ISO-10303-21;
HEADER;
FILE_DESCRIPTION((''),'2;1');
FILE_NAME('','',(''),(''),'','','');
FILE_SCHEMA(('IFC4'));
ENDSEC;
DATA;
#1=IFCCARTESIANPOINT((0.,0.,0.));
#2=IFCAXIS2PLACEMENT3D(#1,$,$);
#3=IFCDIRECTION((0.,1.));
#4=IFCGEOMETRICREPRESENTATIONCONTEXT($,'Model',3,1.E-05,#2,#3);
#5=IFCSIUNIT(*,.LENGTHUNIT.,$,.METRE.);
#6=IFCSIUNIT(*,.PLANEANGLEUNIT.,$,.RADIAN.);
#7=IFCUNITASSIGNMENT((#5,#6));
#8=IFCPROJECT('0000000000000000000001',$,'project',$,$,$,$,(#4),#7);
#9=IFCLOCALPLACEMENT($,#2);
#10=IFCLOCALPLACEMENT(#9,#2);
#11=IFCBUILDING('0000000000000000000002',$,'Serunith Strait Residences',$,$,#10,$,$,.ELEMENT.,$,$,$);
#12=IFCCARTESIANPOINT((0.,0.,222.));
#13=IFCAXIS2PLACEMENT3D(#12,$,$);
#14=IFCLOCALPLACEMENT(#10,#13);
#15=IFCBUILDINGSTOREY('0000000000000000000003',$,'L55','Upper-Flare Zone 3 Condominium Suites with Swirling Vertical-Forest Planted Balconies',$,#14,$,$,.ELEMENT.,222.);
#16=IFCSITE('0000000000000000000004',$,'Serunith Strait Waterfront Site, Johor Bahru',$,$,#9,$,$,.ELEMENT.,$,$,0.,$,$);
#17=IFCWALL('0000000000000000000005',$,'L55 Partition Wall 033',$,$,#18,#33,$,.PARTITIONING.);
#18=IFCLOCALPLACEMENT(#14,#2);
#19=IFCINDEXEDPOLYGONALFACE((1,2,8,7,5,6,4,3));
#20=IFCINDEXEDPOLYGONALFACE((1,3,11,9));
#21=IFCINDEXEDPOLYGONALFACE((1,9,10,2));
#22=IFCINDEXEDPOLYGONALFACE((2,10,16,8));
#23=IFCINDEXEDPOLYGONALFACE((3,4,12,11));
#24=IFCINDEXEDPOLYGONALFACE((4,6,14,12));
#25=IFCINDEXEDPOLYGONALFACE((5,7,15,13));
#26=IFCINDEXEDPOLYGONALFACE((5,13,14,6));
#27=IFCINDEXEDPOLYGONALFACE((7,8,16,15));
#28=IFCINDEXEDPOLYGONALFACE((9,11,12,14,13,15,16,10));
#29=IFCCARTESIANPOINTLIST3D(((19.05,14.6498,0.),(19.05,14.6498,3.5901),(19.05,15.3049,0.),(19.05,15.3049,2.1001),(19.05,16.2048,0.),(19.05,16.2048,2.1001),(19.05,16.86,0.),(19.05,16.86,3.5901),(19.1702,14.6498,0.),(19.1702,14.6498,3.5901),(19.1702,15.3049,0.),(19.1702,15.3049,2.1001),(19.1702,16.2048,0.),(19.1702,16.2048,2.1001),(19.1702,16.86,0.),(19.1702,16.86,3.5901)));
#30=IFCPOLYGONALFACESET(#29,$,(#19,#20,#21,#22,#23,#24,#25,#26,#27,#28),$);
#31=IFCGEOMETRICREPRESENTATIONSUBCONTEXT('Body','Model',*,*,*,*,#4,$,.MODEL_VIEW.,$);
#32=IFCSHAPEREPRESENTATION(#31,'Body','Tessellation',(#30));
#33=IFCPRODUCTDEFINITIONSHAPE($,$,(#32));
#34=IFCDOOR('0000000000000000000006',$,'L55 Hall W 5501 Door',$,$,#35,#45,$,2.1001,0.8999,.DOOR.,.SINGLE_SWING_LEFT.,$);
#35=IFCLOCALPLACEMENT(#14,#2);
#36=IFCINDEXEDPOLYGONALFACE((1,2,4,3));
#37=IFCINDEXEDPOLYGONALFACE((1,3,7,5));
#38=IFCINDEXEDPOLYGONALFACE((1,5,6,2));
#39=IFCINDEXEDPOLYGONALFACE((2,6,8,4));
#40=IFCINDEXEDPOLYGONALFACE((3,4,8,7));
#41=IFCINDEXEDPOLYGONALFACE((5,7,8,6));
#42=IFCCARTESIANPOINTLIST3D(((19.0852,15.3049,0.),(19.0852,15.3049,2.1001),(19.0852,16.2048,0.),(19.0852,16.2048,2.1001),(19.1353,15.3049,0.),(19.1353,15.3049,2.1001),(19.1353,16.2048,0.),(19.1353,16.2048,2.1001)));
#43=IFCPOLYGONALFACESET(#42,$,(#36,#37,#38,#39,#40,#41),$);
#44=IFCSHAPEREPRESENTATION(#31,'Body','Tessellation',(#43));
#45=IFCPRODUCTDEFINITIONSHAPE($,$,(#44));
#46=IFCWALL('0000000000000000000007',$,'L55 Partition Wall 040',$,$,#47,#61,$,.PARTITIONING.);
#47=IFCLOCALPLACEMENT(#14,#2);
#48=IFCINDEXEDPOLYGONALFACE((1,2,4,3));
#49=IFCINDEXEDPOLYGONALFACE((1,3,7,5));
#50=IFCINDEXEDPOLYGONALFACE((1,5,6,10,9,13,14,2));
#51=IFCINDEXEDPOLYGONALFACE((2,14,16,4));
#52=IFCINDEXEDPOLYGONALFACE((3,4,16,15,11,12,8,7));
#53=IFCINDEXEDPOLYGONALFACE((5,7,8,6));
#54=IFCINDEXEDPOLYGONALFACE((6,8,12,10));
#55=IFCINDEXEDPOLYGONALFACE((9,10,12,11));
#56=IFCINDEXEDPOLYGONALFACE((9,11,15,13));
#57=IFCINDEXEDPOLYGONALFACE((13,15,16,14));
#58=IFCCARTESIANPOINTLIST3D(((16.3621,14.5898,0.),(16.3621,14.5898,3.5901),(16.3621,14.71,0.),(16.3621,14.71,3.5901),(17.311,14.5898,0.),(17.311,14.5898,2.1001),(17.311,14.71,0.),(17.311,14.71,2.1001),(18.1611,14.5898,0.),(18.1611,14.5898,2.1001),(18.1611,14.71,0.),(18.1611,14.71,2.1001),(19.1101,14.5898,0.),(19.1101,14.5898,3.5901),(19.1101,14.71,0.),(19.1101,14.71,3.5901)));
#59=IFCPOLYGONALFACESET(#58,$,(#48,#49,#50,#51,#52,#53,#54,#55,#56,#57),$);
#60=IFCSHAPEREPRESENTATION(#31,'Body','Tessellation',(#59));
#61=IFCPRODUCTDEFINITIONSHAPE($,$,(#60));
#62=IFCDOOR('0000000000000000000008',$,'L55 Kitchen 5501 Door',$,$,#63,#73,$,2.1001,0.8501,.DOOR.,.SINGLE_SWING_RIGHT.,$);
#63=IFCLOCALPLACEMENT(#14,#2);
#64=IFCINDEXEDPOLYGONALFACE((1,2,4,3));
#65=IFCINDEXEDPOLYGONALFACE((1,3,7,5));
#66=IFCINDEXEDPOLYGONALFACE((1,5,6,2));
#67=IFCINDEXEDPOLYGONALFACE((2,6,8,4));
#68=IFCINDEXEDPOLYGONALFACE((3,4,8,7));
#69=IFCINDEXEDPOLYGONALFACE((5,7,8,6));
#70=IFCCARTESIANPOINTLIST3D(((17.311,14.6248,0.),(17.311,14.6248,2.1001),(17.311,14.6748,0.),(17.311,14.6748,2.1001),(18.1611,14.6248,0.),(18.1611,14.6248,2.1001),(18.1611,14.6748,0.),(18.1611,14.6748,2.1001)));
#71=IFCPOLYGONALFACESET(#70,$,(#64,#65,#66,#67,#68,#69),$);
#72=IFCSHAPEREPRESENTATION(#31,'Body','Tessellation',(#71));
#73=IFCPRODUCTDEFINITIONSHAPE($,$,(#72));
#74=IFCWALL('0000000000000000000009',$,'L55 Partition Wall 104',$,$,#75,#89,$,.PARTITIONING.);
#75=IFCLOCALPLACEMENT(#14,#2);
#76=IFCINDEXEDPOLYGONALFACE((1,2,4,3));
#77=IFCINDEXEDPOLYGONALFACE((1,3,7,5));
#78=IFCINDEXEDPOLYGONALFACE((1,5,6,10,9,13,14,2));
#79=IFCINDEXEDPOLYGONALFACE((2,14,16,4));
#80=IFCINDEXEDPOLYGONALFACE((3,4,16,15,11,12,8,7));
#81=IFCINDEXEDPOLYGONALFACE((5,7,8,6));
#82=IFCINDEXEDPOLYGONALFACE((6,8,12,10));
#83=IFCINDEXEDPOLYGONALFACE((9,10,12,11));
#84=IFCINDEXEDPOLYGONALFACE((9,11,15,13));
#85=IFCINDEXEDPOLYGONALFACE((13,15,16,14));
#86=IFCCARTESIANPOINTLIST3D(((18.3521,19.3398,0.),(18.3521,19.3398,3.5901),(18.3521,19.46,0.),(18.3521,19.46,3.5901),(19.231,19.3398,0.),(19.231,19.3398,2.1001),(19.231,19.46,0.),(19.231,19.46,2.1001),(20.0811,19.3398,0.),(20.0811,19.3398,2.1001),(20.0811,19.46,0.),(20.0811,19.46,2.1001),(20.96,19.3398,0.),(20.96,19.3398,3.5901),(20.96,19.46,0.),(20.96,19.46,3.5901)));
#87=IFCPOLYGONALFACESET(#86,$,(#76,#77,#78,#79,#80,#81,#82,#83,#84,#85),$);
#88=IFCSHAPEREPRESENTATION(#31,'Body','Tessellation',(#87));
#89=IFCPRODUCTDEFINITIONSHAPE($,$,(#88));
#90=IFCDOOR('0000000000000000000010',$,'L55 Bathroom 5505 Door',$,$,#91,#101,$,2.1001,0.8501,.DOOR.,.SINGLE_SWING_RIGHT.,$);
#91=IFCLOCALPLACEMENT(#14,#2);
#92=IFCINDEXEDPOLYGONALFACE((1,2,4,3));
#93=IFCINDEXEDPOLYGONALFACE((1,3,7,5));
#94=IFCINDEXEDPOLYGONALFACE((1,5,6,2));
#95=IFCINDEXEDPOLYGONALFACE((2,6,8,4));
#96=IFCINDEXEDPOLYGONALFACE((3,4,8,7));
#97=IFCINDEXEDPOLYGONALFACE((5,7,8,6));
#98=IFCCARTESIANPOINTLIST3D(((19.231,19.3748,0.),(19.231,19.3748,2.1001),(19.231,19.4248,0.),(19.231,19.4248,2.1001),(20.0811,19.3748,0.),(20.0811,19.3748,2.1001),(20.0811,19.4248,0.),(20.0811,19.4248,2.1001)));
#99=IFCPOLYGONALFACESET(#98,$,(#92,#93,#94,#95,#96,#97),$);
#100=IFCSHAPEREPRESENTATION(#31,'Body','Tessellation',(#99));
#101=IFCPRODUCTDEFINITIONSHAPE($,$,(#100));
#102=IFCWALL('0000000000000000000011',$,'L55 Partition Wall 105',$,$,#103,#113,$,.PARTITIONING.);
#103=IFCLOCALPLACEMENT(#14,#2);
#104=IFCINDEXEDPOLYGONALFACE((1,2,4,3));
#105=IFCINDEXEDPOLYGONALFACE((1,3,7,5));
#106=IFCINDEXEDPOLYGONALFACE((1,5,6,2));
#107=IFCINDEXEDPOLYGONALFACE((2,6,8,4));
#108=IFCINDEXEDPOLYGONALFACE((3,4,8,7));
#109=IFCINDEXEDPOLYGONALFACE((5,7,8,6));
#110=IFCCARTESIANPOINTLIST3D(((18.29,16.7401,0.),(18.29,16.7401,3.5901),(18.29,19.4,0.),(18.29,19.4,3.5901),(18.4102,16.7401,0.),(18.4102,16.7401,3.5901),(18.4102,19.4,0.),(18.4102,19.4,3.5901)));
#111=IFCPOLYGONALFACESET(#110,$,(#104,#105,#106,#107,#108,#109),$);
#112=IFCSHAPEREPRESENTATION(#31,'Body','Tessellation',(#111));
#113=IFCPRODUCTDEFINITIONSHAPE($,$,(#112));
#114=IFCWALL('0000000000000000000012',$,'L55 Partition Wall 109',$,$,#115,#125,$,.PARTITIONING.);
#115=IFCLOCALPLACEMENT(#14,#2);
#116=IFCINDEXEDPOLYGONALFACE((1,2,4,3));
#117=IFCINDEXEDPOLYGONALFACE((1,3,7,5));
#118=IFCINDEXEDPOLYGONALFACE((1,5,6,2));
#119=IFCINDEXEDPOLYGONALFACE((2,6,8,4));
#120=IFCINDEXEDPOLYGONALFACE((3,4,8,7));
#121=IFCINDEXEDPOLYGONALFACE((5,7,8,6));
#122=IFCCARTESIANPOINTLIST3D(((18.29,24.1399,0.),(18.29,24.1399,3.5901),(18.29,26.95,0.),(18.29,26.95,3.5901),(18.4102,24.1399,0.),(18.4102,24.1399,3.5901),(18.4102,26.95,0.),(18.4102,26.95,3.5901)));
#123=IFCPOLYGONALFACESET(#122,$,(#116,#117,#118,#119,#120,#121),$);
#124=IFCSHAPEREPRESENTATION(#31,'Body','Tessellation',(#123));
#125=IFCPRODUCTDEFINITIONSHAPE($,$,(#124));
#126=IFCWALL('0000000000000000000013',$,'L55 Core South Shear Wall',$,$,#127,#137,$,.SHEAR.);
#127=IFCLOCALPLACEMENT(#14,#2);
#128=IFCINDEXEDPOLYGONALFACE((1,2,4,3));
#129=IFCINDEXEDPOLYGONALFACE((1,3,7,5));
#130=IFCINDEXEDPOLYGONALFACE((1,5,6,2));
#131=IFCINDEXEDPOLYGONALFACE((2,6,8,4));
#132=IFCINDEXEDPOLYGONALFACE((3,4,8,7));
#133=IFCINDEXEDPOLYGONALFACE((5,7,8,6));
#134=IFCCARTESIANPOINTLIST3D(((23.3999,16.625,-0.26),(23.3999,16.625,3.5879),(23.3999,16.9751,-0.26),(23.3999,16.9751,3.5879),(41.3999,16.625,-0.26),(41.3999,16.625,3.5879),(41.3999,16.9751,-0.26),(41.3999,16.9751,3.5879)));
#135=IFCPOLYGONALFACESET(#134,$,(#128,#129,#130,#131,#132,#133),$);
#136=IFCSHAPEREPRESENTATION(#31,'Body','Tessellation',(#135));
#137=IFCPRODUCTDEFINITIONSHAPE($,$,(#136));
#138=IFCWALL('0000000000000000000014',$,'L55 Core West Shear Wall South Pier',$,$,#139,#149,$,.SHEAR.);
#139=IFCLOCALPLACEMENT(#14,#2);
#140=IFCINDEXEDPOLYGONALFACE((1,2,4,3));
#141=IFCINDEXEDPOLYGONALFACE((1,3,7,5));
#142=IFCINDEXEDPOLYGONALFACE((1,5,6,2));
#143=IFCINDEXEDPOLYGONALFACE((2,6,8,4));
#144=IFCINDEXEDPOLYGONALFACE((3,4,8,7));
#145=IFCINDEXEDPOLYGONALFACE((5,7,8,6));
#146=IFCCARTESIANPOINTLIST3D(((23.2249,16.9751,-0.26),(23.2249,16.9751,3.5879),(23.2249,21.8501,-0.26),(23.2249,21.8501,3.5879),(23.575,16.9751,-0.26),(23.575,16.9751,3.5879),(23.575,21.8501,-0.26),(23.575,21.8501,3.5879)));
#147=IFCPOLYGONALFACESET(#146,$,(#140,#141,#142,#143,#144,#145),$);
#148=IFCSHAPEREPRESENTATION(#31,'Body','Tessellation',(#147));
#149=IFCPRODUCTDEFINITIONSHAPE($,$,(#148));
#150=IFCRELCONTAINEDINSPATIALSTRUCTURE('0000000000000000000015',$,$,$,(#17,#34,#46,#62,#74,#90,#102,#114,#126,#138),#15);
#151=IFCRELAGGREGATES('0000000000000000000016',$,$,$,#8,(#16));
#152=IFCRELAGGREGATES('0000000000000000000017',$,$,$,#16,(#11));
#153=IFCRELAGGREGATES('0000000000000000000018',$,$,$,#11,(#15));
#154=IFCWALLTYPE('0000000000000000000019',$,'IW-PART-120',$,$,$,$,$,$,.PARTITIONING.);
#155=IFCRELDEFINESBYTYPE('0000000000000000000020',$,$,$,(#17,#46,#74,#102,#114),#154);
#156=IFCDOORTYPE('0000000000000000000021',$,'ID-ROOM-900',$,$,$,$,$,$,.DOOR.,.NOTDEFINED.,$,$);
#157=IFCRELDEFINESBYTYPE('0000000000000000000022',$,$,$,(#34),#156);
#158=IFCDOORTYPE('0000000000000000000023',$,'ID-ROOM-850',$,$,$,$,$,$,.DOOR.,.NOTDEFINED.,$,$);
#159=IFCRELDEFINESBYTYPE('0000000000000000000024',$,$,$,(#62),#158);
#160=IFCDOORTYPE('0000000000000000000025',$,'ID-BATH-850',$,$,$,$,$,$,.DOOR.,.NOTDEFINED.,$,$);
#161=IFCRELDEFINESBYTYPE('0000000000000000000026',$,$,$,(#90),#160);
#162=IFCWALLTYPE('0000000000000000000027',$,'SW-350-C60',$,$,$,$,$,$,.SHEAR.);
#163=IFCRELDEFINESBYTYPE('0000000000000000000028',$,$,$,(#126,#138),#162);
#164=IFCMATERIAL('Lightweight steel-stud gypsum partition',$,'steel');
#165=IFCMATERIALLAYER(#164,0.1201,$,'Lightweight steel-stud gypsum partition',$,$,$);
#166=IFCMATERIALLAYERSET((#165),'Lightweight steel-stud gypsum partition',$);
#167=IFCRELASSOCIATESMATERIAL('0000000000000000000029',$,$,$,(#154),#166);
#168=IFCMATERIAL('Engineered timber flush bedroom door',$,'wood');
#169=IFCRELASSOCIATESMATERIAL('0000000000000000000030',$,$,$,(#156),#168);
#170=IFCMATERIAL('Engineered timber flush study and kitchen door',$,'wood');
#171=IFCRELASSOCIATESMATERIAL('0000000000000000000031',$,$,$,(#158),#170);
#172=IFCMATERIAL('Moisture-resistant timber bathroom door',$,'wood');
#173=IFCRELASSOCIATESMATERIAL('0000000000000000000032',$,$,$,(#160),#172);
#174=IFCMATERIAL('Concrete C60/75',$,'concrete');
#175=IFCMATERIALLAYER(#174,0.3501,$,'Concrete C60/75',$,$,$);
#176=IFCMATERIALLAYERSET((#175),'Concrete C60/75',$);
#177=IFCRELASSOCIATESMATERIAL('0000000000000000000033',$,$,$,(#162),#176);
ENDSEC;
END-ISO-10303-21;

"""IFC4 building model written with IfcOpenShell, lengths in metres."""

from ifc_helpers import new_model, si_unit, direction, frame, frame_2d, origin, place, context, subcontext, project, spatial, rectangle, extrude, source, transform, mapped, material, layer, layer_set, type_object, element, fill, save


model = new_model("IFC4")

# Units and contexts
model_context = context("Model", 3, precision=1e-05, world=origin(), true_north=direction((0.0, 1.0)))
body_context = subcontext(model_context, "Body", "Model", "MODEL_VIEW")
ifc_project = project(units=[si_unit("LENGTHUNIT", "METRE"), si_unit("PLANEANGLEUNIT", "RADIAN")], contexts=[model_context])

# Site, building, storey
site_placement = place(None, origin())
site = spatial("IfcSite", under=ifc_project, at=site_placement, Name="Serunith Strait Waterfront Site, Johor Bahru", CompositionType="ELEMENT", RefElevation=0.0)
building_placement = place(site_placement, origin())
building = spatial("IfcBuilding", under=site, at=building_placement, Name="Serunith Strait Residences", CompositionType="ELEMENT")
storey_placement = place(building_placement, frame((0.0, 0.0, 222.0)))
storey = spatial("IfcBuildingStorey", under=building, at=storey_placement, Name="L55", Description="Upper-Flare Zone 3 Condominium Suites with Swirling Vertical-Forest Planted Balconies", CompositionType="ELEMENT", Elevation=222.0)

# Walls, openings, doors
ifc_material_1 = material(Name="Lightweight steel-stud gypsum partition", Category="steel")
ifc_layer_1 = layer(ifc_material_1, 0.1201, Name="Lightweight steel-stud gypsum partition")
ifc_layer_set_1 = layer_set([ifc_layer_1], Name="Lightweight steel-stud gypsum partition")
wall_type_1 = type_object("IfcWallType", Name="IW-PART-120", PredefinedType="PARTITIONING", material=ifc_layer_set_1)
wall_1_placement = place(storey_placement, frame((19.1101, 14.6499, 0.0), z_axis=(0.0, 0.0, 1.0), x_axis=(0.0, 1.0, 0.0)))
wall_1 = element("IfcWall", 1, at=wall_1_placement, inside=storey, type_object=wall_type_1, Name="L55 Partition Wall 033", PredefinedType="PARTITIONING", context=body_context, shape_type="SweptSolid", body=[
    extrude(rectangle(XDim=2.2102, YDim=0.1201, at=frame_2d((1.105, 0.0))), origin(), (0.0, 0.0, 1.0), 3.5901),
])
opening_1_placement = place(wall_1_placement, frame((0.655, 0.0, 0.0)))
opening_1 = element("IfcOpeningElement", 2, at=opening_1_placement, cuts=wall_1, PredefinedType="OPENING", context=body_context, shape_type="SweptSolid", body=[
    extrude(rectangle(XDim=0.8999, YDim=2.1001, at=frame_2d((0.45, 1.05))), frame((0.0, 0.0701, 0.0), z_axis=(0.0, -1.0, 0.0), x_axis=(1.0, 0.0, 0.0)), (0.0, 0.0, 1.0), 0.1401),
])
ifc_material_2 = material(Name="Engineered timber flush bedroom door", Category="wood")
door_type_1 = type_object("IfcDoorType", Name="ID-ROOM-900", OperationType="NOTDEFINED", PredefinedType="DOOR", material=ifc_material_2)
shared_shape_1 = source(origin(), body_context, "Body", "SweptSolid", [
    extrude(rectangle(XDim=0.8999, YDim=2.1001, at=frame_2d((0.45, 1.05))), frame((0.0, 0.0249, 0.0), z_axis=(0.0, -1.0, 0.0), x_axis=(1.0, 0.0, 0.0)), (0.0, 0.0, 1.0), 0.05),
])
door_1_placement = place(opening_1_placement, origin())
door_1 = element("IfcDoor", 3, at=door_1_placement, inside=storey, type_object=door_type_1, Name="L55 Hall W 5501 Door", OperationType="SINGLE_SWING_LEFT", OverallHeight=2.1001, OverallWidth=0.8999, PredefinedType="DOOR", context=body_context, shape_type="MappedRepresentation", body=[
    mapped(shared_shape_1, transform((0.0, 0.0, 0.0), scale=1.0)),
])
fill(opening_1, door_1)
wall_2_placement = place(storey_placement, frame((16.3621, 14.6499, 0.0), z_axis=(0.0, 0.0, 1.0), x_axis=(1.0, 0.0, 0.0)))
wall_2 = element("IfcWall", 4, at=wall_2_placement, inside=storey, type_object=wall_type_1, Name="L55 Partition Wall 040", PredefinedType="PARTITIONING", context=body_context, shape_type="SweptSolid", body=[
    extrude(rectangle(XDim=2.748, YDim=0.1201, at=frame_2d((1.374, 0.0))), origin(), (0.0, 0.0, 1.0), 3.5901),
])
opening_2_placement = place(wall_2_placement, frame((0.949, 0.0, 0.0)))
opening_2 = element("IfcOpeningElement", 5, at=opening_2_placement, cuts=wall_2, PredefinedType="OPENING", context=body_context, shape_type="SweptSolid", body=[
    extrude(rectangle(XDim=0.8501, YDim=2.1001, at=frame_2d((0.425, 1.05))), frame((0.0, 0.0701, 0.0), z_axis=(0.0, -1.0, 0.0), x_axis=(1.0, 0.0, 0.0)), (0.0, 0.0, 1.0), 0.1401),
])
ifc_material_3 = material(Name="Engineered timber flush study and kitchen door", Category="wood")
door_type_2 = type_object("IfcDoorType", Name="ID-ROOM-850", OperationType="NOTDEFINED", PredefinedType="DOOR", material=ifc_material_3)
shared_shape_2 = source(origin(), body_context, "Body", "SweptSolid", [
    extrude(rectangle(XDim=0.8501, YDim=2.1001, at=frame_2d((0.425, 1.05))), frame((0.0, 0.0249, 0.0), z_axis=(0.0, -1.0, 0.0), x_axis=(1.0, 0.0, 0.0)), (0.0, 0.0, 1.0), 0.05),
])
door_2_placement = place(opening_2_placement, origin())
door_2 = element("IfcDoor", 6, at=door_2_placement, inside=storey, type_object=door_type_2, Name="L55 Kitchen 5501 Door", OperationType="SINGLE_SWING_RIGHT", OverallHeight=2.1001, OverallWidth=0.8501, PredefinedType="DOOR", context=body_context, shape_type="MappedRepresentation", body=[
    mapped(shared_shape_2, transform((0.0, 0.0, 0.0), scale=1.0)),
])
fill(opening_2, door_2)
wall_3_placement = place(storey_placement, frame((18.3521, 19.3999, 0.0), z_axis=(0.0, 0.0, 1.0), x_axis=(1.0, 0.0, 0.0)))
wall_3 = element("IfcWall", 7, at=wall_3_placement, inside=storey, type_object=wall_type_1, Name="L55 Partition Wall 104", PredefinedType="PARTITIONING", context=body_context, shape_type="SweptSolid", body=[
    extrude(rectangle(XDim=2.6079, YDim=0.1201, at=frame_2d((1.304, 0.0))), origin(), (0.0, 0.0, 1.0), 3.5901),
])
opening_3_placement = place(wall_3_placement, frame((0.8789, 0.0, 0.0)))
opening_3 = element("IfcOpeningElement", 8, at=opening_3_placement, cuts=wall_3, PredefinedType="OPENING", context=body_context, shape_type="SweptSolid", body=[
    extrude(rectangle(XDim=0.8501, YDim=2.1001, at=frame_2d((0.425, 1.05))), frame((0.0, 0.0701, 0.0), z_axis=(0.0, -1.0, 0.0), x_axis=(1.0, 0.0, 0.0)), (0.0, 0.0, 1.0), 0.1401),
])
ifc_material_4 = material(Name="Moisture-resistant timber bathroom door", Category="wood")
door_type_3 = type_object("IfcDoorType", Name="ID-BATH-850", OperationType="NOTDEFINED", PredefinedType="DOOR", material=ifc_material_4)
door_3_placement = place(opening_3_placement, origin())
door_3 = element("IfcDoor", 9, at=door_3_placement, inside=storey, type_object=door_type_3, Name="L55 Bathroom 5505 Door", OperationType="SINGLE_SWING_RIGHT", OverallHeight=2.1001, OverallWidth=0.8501, PredefinedType="DOOR", context=body_context, shape_type="MappedRepresentation", body=[
    mapped(shared_shape_2, transform((0.0, 0.0, 0.0), scale=1.0)),
])
fill(opening_3, door_3)

# Walls
wall_4_placement = place(storey_placement, frame((18.3501, 16.74, 0.0), z_axis=(0.0, 0.0, 1.0), x_axis=(0.0, 1.0, 0.0)))
element("IfcWall", 10, at=wall_4_placement, inside=storey, type_object=wall_type_1, Name="L55 Partition Wall 105", PredefinedType="PARTITIONING", context=body_context, shape_type="SweptSolid", body=[
    extrude(rectangle(XDim=2.6599, YDim=0.1201, at=frame_2d((1.3301, 0.0))), origin(), (0.0, 0.0, 1.0), 3.5901),
])
wall_5_placement = place(storey_placement, frame((18.3501, 24.1399, 0.0), z_axis=(0.0, 0.0, 1.0), x_axis=(0.0, 1.0, 0.0)))
element("IfcWall", 11, at=wall_5_placement, inside=storey, type_object=wall_type_1, Name="L55 Partition Wall 109", PredefinedType="PARTITIONING", context=body_context, shape_type="SweptSolid", body=[
    extrude(rectangle(XDim=2.8101, YDim=0.1201, at=frame_2d((1.405, 0.0))), origin(), (0.0, 0.0, 1.0), 3.5901),
])
ifc_material_5 = material(Name="Concrete C60/75", Category="concrete")
ifc_layer_2 = layer(ifc_material_5, 0.3501, Name="Concrete C60/75")
ifc_layer_set_2 = layer_set([ifc_layer_2], Name="Concrete C60/75")
wall_type_2 = type_object("IfcWallType", Name="SW-350-C60", PredefinedType="SHEAR", material=ifc_layer_set_2)
wall_6_placement = place(storey_placement, frame((23.3999, 16.8, -0.26), z_axis=(0.0, 0.0, 1.0), x_axis=(1.0, 0.0, 0.0)))
element("IfcWall", 12, at=wall_6_placement, inside=storey, type_object=wall_type_2, Name="L55 Core South Shear Wall", PredefinedType="SHEAR", context=body_context, shape_type="SweptSolid", body=[
    extrude(rectangle(XDim=18.0, YDim=0.3501, at=frame_2d((9.0, 0.0))), origin(), (0.0, 0.0, 1.0), 3.8479),
])
wall_7_placement = place(storey_placement, frame((23.3999, 16.9751, -0.26), z_axis=(0.0, 0.0, 1.0), x_axis=(0.0, 1.0, 0.0)))
element("IfcWall", 13, at=wall_7_placement, inside=storey, type_object=wall_type_2, Name="L55 Core West Shear Wall South Pier", PredefinedType="SHEAR", context=body_context, shape_type="SweptSolid", body=[
    extrude(rectangle(XDim=4.875, YDim=0.3501, at=frame_2d((2.4375, 0.0))), origin(), (0.0, 0.0, 1.0), 3.8479),
])

save(model, "model.ifc")
